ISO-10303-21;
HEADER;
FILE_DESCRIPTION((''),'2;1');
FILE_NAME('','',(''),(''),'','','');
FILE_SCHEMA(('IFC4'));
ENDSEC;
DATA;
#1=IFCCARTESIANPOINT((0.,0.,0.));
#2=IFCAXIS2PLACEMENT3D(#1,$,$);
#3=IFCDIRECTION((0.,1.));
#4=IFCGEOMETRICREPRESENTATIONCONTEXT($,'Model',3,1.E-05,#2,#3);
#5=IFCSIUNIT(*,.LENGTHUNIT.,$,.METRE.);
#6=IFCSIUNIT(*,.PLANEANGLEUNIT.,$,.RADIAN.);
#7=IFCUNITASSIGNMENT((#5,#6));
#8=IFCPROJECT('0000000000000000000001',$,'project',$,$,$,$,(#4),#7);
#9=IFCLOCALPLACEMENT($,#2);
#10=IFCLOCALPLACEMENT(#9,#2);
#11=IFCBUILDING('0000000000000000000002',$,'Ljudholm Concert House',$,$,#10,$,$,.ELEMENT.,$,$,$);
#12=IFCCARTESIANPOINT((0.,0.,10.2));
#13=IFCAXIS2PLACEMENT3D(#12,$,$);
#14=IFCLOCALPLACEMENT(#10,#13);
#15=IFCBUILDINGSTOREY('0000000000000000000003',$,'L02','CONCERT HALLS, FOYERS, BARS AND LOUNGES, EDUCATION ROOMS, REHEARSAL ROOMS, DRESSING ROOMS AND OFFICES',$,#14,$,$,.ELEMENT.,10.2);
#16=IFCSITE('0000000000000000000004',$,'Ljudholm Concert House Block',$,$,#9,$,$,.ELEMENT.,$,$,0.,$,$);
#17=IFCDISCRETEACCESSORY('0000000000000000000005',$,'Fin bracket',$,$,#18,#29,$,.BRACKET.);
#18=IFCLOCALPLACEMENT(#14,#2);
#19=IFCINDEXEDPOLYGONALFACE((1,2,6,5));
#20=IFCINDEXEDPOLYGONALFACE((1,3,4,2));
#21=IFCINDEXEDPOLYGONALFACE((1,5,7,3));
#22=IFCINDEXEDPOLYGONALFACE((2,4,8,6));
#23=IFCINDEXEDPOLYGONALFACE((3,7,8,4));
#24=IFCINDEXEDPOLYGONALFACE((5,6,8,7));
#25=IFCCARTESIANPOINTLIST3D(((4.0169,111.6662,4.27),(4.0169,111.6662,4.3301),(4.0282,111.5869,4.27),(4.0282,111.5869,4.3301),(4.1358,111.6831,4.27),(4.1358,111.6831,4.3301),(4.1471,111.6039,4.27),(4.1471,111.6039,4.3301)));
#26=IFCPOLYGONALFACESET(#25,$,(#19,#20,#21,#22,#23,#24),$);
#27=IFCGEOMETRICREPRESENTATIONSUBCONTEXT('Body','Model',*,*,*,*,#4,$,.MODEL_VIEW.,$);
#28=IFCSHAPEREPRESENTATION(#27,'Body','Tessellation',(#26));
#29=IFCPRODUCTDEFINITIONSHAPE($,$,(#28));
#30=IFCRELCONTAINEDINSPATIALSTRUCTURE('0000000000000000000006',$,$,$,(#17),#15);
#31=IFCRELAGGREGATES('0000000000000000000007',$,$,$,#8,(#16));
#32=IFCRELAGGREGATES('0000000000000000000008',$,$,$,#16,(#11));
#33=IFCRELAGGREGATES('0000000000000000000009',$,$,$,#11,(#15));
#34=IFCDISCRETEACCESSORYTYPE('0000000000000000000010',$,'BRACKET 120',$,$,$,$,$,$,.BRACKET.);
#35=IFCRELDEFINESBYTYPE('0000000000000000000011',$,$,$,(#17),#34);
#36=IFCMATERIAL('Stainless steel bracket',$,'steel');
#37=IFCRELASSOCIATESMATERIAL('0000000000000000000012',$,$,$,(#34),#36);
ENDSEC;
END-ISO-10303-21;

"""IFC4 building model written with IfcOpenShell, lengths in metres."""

from ifc_helpers import new_model, si_unit, direction, frame, origin, origin_2d, place, context, subcontext, project, spatial, rectangle, extrude, material, type_object, element, save


model = new_model("IFC4")

# Units and contexts
model_context = context("Model", 3, precision=1e-05, world=origin(), true_north=direction((0.0, 1.0)))
body_context = subcontext(model_context, "Body", "Model", "MODEL_VIEW")
ifc_project = project(units=[si_unit("LENGTHUNIT", "METRE"), si_unit("PLANEANGLEUNIT", "RADIAN")], contexts=[model_context])

# Site, building, storey
site_placement = place(None, origin())
site = spatial("IfcSite", under=ifc_project, at=site_placement, Name="Ljudholm Concert House Block", CompositionType="ELEMENT", RefElevation=0.0)
building_placement = place(site_placement, origin())
building = spatial("IfcBuilding", under=site, at=building_placement, Name="Ljudholm Concert House", CompositionType="ELEMENT")
storey_placement = place(building_placement, frame((0.0, 0.0, 10.2)))
storey = spatial("IfcBuildingStorey", under=building, at=storey_placement, Name="L02", Description="CONCERT HALLS, FOYERS, BARS AND LOUNGES, EDUCATION ROOMS, REHEARSAL ROOMS, DRESSING ROOMS AND OFFICES", CompositionType="ELEMENT", Elevation=10.2)

# Discrete accessory
ifc_material_1 = material(Name="Stainless steel bracket", Category="steel")
discrete_accessory_type = type_object("IfcDiscreteAccessoryType", Name="BRACKET 120", PredefinedType="BRACKET", material=ifc_material_1)
for number, where, z_axis, x_axis, name in (
    (1, (4.082, 111.635, 4.27), (0.0, 0.0, 1.0), (-0.989949, -0.141421, 0.0), "Fin bracket"),
):
    element("IfcDiscreteAccessory", number, at=place(storey_placement, frame(where, z_axis=z_axis, x_axis=x_axis)), inside=storey, type_object=discrete_accessory_type, Name=name, PredefinedType="BRACKET", context=body_context, shape_type="SweptSolid", body=[
        extrude(rectangle(XDim=0.1201, YDim=0.0801, at=origin_2d()), origin(), (0.0, 0.0, 1.0), 0.0601),
    ])

save(model, "model.ifc")
